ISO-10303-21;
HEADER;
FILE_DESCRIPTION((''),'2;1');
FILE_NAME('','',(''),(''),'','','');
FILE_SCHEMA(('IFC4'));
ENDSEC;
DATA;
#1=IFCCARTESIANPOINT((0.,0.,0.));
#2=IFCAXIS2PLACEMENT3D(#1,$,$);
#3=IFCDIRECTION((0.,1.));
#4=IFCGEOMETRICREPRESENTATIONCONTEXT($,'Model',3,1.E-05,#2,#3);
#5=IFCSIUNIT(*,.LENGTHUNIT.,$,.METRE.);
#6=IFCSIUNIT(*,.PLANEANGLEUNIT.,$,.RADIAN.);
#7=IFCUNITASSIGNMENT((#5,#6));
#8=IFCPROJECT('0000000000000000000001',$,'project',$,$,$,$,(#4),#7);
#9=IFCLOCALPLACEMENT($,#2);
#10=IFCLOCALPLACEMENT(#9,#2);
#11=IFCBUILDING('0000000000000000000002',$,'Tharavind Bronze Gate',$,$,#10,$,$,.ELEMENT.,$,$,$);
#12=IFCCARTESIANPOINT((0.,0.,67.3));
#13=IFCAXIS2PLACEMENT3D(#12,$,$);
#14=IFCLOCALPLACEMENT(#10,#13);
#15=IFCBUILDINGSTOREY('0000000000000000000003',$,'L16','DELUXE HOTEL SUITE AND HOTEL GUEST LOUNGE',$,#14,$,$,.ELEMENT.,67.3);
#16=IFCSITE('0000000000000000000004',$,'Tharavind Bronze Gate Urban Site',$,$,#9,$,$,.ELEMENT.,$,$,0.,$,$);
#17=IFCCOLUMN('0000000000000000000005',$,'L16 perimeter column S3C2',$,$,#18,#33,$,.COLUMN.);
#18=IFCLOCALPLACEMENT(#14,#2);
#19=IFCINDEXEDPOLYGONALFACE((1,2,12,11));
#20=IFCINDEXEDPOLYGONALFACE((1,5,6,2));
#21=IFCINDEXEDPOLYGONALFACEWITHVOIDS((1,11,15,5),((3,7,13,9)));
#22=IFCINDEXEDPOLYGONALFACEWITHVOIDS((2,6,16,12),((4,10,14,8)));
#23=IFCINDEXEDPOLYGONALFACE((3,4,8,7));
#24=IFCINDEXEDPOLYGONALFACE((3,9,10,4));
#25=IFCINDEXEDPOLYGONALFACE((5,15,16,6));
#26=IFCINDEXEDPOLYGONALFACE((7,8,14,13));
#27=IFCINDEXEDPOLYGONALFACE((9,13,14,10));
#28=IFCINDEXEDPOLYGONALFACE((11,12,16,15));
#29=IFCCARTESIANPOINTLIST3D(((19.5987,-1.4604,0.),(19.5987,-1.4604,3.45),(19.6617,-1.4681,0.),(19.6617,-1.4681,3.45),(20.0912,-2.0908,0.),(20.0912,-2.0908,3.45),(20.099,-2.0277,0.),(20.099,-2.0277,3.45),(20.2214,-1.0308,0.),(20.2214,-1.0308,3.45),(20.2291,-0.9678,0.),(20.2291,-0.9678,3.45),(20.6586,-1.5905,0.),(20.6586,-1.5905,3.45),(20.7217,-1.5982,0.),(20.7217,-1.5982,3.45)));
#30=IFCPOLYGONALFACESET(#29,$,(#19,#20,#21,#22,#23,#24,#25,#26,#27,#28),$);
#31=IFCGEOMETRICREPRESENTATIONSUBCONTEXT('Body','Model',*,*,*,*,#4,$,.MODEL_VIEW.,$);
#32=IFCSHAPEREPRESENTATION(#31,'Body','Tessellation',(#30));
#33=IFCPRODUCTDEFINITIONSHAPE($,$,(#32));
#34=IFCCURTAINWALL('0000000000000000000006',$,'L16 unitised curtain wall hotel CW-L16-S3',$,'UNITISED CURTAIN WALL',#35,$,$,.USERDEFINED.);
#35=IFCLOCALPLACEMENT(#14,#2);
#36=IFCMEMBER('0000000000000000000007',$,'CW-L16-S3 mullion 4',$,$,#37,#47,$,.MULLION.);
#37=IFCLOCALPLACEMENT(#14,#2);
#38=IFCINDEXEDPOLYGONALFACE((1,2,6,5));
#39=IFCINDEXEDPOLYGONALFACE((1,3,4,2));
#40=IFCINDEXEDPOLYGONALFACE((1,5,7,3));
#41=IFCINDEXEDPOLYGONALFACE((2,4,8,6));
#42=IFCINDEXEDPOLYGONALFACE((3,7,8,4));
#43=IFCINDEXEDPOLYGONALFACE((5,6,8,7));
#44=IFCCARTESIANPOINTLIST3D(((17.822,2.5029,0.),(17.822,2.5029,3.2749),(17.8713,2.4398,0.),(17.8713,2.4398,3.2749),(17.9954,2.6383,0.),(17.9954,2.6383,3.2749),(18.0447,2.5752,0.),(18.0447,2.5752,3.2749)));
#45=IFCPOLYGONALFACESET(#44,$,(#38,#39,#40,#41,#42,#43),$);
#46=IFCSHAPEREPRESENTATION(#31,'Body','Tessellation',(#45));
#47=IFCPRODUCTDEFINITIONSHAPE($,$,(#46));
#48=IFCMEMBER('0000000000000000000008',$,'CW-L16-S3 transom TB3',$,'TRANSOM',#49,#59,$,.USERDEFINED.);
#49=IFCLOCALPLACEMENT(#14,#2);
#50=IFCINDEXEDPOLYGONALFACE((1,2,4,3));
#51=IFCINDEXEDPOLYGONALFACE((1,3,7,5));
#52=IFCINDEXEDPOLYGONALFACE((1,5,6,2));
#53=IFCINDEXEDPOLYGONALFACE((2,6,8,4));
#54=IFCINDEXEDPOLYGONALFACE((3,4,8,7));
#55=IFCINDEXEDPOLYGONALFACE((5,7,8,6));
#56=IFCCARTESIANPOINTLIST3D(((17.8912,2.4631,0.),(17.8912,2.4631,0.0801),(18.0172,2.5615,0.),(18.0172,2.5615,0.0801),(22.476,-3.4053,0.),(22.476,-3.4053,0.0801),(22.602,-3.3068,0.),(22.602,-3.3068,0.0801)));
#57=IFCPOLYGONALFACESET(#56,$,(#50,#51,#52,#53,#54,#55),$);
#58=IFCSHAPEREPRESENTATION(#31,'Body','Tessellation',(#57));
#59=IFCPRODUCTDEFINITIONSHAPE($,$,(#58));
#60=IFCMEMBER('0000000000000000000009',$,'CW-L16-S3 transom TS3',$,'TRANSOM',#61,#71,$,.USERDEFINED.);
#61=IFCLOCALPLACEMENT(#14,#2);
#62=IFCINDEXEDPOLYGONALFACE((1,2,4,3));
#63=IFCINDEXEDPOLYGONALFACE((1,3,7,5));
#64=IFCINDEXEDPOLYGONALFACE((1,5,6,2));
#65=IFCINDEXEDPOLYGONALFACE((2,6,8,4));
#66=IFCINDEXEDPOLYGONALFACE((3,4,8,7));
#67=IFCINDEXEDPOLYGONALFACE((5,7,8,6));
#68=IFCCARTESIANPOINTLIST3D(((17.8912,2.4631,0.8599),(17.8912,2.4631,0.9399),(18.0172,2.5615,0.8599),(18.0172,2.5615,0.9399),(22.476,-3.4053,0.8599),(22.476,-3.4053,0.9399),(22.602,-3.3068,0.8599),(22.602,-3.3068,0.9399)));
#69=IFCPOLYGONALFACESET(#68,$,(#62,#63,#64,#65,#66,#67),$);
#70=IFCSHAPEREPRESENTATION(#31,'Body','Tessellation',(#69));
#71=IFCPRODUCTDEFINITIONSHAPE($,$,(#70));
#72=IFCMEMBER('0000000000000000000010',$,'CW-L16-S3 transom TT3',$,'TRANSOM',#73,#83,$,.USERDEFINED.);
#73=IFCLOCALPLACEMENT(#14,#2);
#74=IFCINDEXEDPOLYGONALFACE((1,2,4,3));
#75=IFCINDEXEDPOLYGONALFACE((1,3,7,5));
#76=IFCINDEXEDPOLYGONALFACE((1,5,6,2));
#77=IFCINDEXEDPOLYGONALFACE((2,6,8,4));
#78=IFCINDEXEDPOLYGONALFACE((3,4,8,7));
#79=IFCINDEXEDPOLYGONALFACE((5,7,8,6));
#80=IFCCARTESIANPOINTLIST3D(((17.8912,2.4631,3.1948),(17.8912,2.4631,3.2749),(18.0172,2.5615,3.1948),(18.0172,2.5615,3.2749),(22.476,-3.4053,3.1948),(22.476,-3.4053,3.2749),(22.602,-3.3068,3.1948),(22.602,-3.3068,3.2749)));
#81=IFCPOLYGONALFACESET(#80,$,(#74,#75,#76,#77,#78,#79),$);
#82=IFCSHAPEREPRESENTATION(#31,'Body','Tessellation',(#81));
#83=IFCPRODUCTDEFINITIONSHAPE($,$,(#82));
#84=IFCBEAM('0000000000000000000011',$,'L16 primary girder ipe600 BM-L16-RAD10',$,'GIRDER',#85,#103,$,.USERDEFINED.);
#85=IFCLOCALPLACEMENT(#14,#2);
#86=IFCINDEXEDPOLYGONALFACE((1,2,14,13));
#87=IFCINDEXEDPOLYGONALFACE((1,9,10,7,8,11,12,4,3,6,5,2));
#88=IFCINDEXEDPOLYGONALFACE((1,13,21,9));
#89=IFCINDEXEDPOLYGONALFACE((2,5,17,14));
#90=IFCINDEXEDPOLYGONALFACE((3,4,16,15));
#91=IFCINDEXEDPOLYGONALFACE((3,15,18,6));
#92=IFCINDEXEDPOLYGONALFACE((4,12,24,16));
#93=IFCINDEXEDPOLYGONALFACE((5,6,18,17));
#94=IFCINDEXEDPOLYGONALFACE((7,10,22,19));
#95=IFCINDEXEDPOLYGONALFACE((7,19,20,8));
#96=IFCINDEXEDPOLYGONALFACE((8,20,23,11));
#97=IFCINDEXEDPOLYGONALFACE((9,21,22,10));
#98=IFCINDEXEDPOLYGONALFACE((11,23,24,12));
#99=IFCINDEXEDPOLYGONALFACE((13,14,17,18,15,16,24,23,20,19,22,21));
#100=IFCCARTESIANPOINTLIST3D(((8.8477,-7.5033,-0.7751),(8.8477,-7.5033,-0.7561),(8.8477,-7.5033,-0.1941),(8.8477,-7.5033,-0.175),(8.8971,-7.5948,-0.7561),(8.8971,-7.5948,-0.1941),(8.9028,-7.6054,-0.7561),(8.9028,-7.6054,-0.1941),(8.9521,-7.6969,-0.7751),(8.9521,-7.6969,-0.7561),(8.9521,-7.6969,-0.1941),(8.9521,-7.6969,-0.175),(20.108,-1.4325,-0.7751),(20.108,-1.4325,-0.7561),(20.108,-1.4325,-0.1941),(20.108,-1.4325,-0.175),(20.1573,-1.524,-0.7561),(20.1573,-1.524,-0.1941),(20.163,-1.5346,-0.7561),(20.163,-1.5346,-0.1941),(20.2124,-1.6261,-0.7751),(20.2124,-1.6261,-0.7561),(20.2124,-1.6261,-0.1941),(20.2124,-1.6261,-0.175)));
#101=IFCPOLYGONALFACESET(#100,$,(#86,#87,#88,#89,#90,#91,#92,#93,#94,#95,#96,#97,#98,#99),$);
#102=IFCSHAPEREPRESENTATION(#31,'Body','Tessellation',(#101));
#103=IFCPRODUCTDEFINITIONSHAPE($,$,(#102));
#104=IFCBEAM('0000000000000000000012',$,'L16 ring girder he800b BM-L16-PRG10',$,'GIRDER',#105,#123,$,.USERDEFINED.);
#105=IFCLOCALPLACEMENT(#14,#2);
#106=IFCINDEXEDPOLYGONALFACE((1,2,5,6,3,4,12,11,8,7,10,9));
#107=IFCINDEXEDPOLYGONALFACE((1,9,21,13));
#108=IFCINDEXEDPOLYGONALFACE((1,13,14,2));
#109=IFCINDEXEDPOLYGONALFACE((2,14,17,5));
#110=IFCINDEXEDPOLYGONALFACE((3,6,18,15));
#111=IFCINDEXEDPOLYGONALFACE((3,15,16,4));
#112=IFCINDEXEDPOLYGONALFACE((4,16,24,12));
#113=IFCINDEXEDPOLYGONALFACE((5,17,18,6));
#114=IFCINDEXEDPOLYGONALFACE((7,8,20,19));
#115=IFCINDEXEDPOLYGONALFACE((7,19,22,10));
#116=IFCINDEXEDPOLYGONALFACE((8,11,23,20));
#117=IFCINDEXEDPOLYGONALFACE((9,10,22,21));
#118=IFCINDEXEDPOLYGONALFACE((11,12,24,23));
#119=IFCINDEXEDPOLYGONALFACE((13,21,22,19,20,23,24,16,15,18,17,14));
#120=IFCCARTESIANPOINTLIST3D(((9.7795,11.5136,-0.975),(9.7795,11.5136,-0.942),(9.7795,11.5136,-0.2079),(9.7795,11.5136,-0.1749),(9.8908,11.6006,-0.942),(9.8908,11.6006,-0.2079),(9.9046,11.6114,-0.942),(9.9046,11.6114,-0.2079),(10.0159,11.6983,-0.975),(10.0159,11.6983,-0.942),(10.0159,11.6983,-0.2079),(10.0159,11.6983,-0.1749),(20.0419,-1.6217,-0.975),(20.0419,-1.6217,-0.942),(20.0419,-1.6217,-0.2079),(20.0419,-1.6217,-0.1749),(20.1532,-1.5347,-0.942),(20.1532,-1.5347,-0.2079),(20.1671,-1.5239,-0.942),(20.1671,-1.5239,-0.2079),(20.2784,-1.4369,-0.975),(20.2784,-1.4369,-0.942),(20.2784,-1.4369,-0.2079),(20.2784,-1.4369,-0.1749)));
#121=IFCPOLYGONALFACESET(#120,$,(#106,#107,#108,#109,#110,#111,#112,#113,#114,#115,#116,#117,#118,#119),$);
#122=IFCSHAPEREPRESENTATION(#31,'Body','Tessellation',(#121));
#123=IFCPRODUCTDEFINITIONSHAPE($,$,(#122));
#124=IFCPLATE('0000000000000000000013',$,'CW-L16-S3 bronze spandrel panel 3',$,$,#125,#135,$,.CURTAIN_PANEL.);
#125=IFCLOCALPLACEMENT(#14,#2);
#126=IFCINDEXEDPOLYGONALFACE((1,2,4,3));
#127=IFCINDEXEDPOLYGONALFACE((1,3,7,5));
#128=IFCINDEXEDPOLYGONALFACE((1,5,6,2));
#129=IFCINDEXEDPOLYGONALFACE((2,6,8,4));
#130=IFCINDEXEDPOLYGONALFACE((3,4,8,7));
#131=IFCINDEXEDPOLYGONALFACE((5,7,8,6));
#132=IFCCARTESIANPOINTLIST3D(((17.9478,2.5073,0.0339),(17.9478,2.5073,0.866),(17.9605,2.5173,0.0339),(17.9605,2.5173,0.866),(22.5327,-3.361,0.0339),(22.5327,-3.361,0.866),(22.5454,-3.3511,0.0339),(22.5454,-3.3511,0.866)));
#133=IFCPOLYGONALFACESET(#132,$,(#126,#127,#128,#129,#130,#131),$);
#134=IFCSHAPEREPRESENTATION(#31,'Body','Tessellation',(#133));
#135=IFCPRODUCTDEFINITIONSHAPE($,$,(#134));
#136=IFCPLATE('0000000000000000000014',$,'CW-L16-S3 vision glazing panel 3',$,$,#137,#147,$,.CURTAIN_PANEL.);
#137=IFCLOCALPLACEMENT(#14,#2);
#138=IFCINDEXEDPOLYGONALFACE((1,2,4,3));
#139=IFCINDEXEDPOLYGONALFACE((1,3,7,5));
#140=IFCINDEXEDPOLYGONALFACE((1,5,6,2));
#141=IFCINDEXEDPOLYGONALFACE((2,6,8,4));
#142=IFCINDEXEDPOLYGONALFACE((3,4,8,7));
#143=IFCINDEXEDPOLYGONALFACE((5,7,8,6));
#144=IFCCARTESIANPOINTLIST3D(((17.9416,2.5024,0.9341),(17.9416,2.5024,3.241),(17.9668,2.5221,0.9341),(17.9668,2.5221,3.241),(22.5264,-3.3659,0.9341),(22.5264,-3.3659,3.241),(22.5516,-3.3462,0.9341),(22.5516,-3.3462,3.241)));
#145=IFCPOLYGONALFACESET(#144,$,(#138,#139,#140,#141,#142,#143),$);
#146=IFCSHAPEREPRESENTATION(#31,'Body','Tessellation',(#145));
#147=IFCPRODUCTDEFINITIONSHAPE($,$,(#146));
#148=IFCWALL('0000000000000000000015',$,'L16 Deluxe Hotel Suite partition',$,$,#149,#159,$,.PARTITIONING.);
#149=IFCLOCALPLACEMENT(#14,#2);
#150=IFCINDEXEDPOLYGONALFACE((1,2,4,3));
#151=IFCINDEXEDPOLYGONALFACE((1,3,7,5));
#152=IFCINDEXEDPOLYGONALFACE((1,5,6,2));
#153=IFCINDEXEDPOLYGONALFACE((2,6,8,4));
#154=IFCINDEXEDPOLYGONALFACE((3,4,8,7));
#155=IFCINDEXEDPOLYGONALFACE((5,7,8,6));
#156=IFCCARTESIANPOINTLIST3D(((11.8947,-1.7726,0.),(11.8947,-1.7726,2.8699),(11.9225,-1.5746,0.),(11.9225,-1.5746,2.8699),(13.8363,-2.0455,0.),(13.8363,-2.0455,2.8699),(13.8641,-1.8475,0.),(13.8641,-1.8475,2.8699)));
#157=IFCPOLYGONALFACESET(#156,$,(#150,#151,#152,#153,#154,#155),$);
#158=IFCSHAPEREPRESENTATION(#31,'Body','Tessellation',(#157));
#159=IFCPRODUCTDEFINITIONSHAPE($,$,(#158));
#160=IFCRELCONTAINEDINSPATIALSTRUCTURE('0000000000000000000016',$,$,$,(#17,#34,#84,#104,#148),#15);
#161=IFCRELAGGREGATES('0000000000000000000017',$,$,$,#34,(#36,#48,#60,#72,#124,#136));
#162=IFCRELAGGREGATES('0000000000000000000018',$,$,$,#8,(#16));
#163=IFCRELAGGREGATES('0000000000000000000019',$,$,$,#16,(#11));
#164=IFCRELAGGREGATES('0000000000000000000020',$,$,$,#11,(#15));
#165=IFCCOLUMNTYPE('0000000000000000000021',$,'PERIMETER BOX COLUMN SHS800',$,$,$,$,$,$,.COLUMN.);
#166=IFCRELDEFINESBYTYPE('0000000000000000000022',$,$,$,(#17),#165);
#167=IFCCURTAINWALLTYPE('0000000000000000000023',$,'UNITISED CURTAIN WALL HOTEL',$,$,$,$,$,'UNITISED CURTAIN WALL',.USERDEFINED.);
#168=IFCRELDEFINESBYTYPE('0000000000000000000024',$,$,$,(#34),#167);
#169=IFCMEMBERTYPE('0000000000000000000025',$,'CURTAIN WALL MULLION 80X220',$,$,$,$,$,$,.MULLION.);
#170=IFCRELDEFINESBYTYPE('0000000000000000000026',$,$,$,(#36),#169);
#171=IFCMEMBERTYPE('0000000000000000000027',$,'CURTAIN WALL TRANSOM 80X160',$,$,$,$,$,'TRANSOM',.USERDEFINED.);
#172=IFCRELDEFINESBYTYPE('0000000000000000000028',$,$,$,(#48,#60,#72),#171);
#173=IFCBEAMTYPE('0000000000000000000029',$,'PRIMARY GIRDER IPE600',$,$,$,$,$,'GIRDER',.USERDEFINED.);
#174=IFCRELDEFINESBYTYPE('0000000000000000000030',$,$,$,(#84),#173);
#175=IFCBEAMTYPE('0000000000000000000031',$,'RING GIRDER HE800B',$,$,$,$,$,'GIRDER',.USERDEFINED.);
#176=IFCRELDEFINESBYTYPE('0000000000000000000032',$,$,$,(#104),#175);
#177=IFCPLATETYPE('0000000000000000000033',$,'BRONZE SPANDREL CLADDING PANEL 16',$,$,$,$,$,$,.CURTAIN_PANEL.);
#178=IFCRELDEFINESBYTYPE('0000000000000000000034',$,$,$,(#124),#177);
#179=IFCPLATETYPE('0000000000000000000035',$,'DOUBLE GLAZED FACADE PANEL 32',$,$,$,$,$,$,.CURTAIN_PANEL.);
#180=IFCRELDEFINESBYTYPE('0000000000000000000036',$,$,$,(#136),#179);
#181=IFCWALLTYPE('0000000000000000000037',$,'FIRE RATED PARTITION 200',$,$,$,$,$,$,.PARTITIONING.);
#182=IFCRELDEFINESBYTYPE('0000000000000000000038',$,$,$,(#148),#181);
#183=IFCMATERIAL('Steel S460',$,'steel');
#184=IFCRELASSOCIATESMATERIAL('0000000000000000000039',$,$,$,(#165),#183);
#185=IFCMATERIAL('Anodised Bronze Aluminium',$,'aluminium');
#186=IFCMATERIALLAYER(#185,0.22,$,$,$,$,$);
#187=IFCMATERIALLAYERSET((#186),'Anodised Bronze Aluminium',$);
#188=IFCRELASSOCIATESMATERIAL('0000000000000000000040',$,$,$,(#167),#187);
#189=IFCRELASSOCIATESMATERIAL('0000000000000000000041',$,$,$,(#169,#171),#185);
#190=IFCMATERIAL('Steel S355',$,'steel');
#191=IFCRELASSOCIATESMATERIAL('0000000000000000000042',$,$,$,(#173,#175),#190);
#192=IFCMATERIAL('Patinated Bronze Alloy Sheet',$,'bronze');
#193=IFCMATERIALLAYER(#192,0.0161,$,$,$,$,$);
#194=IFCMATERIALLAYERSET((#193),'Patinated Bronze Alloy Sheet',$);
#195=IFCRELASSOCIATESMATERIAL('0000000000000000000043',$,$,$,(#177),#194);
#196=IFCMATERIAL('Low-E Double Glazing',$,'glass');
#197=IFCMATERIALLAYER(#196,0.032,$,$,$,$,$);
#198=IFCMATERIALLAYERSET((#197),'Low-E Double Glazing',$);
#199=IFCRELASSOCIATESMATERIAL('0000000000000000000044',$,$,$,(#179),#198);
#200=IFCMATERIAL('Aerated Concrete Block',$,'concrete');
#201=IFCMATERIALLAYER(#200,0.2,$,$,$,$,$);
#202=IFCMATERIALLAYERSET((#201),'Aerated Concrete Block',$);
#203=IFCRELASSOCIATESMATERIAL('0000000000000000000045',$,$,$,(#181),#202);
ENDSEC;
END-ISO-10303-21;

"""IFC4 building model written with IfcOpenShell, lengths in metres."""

from ifc_helpers import new_model, si_unit, direction, frame, frame_2d, origin, origin_2d, place, context, subcontext, project, spatial, rectangle, hollow_rectangle, i_section, extrude, material, layer, layer_set, material_profile, profile_set, type_object, element, aggregate, save


model = new_model("IFC4")

# Units and contexts
model_context = context("Model", 3, precision=1e-05, world=origin(), true_north=direction((0.0, 1.0)))
body_context = subcontext(model_context, "Body", "Model", "MODEL_VIEW")
ifc_project = project(units=[si_unit("LENGTHUNIT", "METRE"), si_unit("PLANEANGLEUNIT", "RADIAN")], contexts=[model_context])

# Site, building, storey
site_placement = place(None, origin())
site = spatial("IfcSite", under=ifc_project, at=site_placement, Name="Tharavind Bronze Gate Urban Site", CompositionType="ELEMENT", RefElevation=0.0)
building_placement = place(site_placement, origin())
building = spatial("IfcBuilding", under=site, at=building_placement, Name="Tharavind Bronze Gate", CompositionType="ELEMENT")
storey_placement = place(building_placement, frame((0.0, 0.0, 67.3)))
storey = spatial("IfcBuildingStorey", under=building, at=storey_placement, Name="L16", Description="DELUXE HOTEL SUITE AND HOTEL GUEST LOUNGE", CompositionType="ELEMENT", Elevation=67.3)

# Column
ifc_material_1 = material(Name="Steel S460", Category="steel")
ifc_material_profile_1 = material_profile(ifc_material_1, hollow_rectangle(XDim=0.8, YDim=0.8, WallThickness=0.0449, at=origin_2d()), Name="SHS800X45")
ifc_profile_set_1 = profile_set([ifc_material_profile_1], Name="Steel S460")
column_type = type_object("IfcColumnType", Name="PERIMETER BOX COLUMN SHS800", PredefinedType="COLUMN", material=ifc_profile_set_1)
column_placement = place(storey_placement, frame((20.1602, -1.5293, 0.0), z_axis=(0.0, 0.0, 1.0), x_axis=(-0.615661, 0.788011, 0.0)))
element("IfcColumn", 1, at=column_placement, inside=storey, type_object=column_type, Name="L16 perimeter column S3C2", PredefinedType="COLUMN", context=body_context, shape_type="SweptSolid", body=[
    extrude(hollow_rectangle(XDim=0.8, YDim=0.8, WallThickness=0.0449, at=origin_2d()), origin(), (0.0, 0.0, 1.0), 3.45),
])

# Curtain wall, members
ifc_material_2 = material(Name="Anodised Bronze Aluminium", Category="aluminium")
ifc_layer_1 = layer(ifc_material_2, 0.22)
ifc_layer_set_1 = layer_set([ifc_layer_1], Name="Anodised Bronze Aluminium")
curtain_wall_type = type_object("IfcCurtainWallType", Name="UNITISED CURTAIN WALL HOTEL", ElementType="UNITISED CURTAIN WALL", PredefinedType="USERDEFINED", material=ifc_layer_set_1)
curtain_wall_placement = place(storey_placement, origin())
curtain_wall = element("IfcCurtainWall", 2, at=curtain_wall_placement, inside=storey, type_object=curtain_wall_type, Name="L16 unitised curtain wall hotel CW-L16-S3", ObjectType="UNITISED CURTAIN WALL", PredefinedType="USERDEFINED")
member_type_1 = type_object("IfcMemberType", Name="CURTAIN WALL MULLION 80X220", PredefinedType="MULLION", material=ifc_material_2)
member_1_placement = place(storey_placement, frame((17.9333, 2.5391, 0.0), z_axis=(0.0, 0.0, 1.0), x_axis=(-0.615661, 0.788011, 0.0)))
member_1 = element("IfcMember", 3, at=member_1_placement, type_object=member_type_1, Name="CW-L16-S3 mullion 4", PredefinedType="MULLION", context=body_context, shape_type="SweptSolid", body=[
    extrude(rectangle(XDim=0.0801, YDim=0.22, at=origin_2d()), origin(), (0.0, 0.0, 1.0), 3.2749),
])
member_type_2 = type_object("IfcMemberType", Name="CURTAIN WALL TRANSOM 80X160", ElementType="TRANSOM", PredefinedType="USERDEFINED", material=ifc_material_2)
member_2_placement = place(storey_placement, frame((20.2466, -0.4219, 0.0), z_axis=(0.0, 0.0, 1.0), x_axis=(-0.615661, 0.788011, 0.0)))
member_2 = element("IfcMember", 4, at=member_2_placement, type_object=member_type_2, Name="CW-L16-S3 transom TB3", ObjectType="TRANSOM", PredefinedType="USERDEFINED", context=body_context, shape_type="SweptSolid", body=[
    extrude(rectangle(XDim=7.447, YDim=0.1599, at=origin_2d()), origin(), (0.0, 0.0, 1.0), 0.0801),
])
member_3_placement = place(storey_placement, frame((20.2466, -0.4219, 0.8599), z_axis=(0.0, 0.0, 1.0), x_axis=(-0.615661, 0.788011, 0.0)))
member_3 = element("IfcMember", 5, at=member_3_placement, type_object=member_type_2, Name="CW-L16-S3 transom TS3", ObjectType="TRANSOM", PredefinedType="USERDEFINED", context=body_context, shape_type="SweptSolid", body=[
    extrude(rectangle(XDim=7.447, YDim=0.1599, at=origin_2d()), origin(), (0.0, 0.0, 1.0), 0.0801),
])
member_4_placement = place(storey_placement, frame((20.2466, -0.4219, 3.1948), z_axis=(0.0, 0.0, 1.0), x_axis=(-0.615661, 0.788011, 0.0)))
member_4 = element("IfcMember", 6, at=member_4_placement, type_object=member_type_2, Name="CW-L16-S3 transom TT3", ObjectType="TRANSOM", PredefinedType="USERDEFINED", context=body_context, shape_type="SweptSolid", body=[
    extrude(rectangle(XDim=7.447, YDim=0.1599, at=origin_2d()), origin(), (0.0, 0.0, 1.0), 0.0801),
])

# Beams
ifc_material_3 = material(Name="Steel S355", Category="steel")
ifc_material_profile_2 = material_profile(ifc_material_3, i_section(OverallWidth=0.22, OverallDepth=0.6001, WebThickness=0.012, FlangeThickness=0.019, at=origin_2d()), Name="IPE600")
ifc_profile_set_2 = profile_set([ifc_material_profile_2], Name="Steel S355")
beam_type_1 = type_object("IfcBeamType", Name="PRIMARY GIRDER IPE600", ElementType="GIRDER", PredefinedType="USERDEFINED", material=ifc_profile_set_2)
beam_1_placement = place(storey_placement, frame((20.1602, -1.5293, -0.4751), z_axis=(-0.880223, -0.47456, 0.0), x_axis=(0.47456, -0.880223, 0.0)))
element("IfcBeam", 7, at=beam_1_placement, inside=storey, type_object=beam_type_1, Name="L16 primary girder ipe600 BM-L16-RAD10", ObjectType="GIRDER", PredefinedType="USERDEFINED", context=body_context, shape_type="SweptSolid", body=[
    extrude(i_section(OverallWidth=0.22, OverallDepth=0.6001, WebThickness=0.012, FlangeThickness=0.019, at=origin_2d()), origin(), (0.0, 0.0, 1.0), 12.7925),
])
ifc_material_profile_3 = material_profile(ifc_material_3, i_section(OverallWidth=0.3, OverallDepth=0.8, WebThickness=0.0176, FlangeThickness=0.033, at=origin_2d()), Name="HE800B")
ifc_profile_set_3 = profile_set([ifc_material_profile_3], Name="Steel S355")
beam_type_2 = type_object("IfcBeamType", Name="RING GIRDER HE800B", ElementType="GIRDER", PredefinedType="USERDEFINED", material=ifc_profile_set_3)
beam_2_placement = place(storey_placement, frame((20.1602, -1.5293, -0.575), z_axis=(-0.615664, 0.788009, 0.0), x_axis=(-0.788009, -0.615664, 0.0)))
element("IfcBeam", 8, at=beam_2_placement, inside=storey, type_object=beam_type_2, Name="L16 ring girder he800b BM-L16-PRG10", ObjectType="GIRDER", PredefinedType="USERDEFINED", context=body_context, shape_type="SweptSolid", body=[
    extrude(i_section(OverallWidth=0.3, OverallDepth=0.8, WebThickness=0.0176, FlangeThickness=0.033, at=origin_2d()), origin(), (0.0, 0.0, 1.0), 16.6689),
])

# Plates
ifc_material_4 = material(Name="Patinated Bronze Alloy Sheet", Category="bronze")
ifc_layer_2 = layer(ifc_material_4, 0.0161)
ifc_layer_set_2 = layer_set([ifc_layer_2], Name="Patinated Bronze Alloy Sheet")
plate_type_1 = type_object("IfcPlateType", Name="BRONZE SPANDREL CLADDING PANEL 16", PredefinedType="CURTAIN_PANEL", material=ifc_layer_set_2)
plate_1_placement = place(storey_placement, frame((20.2466, -0.4219, 0.0339), z_axis=(0.0, 0.0, 1.0), x_axis=(-0.615661, 0.788011, 0.0)))
plate_1 = element("IfcPlate", 9, at=plate_1_placement, type_object=plate_type_1, Name="CW-L16-S3 bronze spandrel panel 3", PredefinedType="CURTAIN_PANEL", context=body_context, shape_type="SweptSolid", body=[
    extrude(rectangle(XDim=7.447, YDim=0.0161, at=origin_2d()), origin(), (0.0, 0.0, 1.0), 0.832),
])
ifc_material_5 = material(Name="Low-E Double Glazing", Category="glass")
ifc_layer_3 = layer(ifc_material_5, 0.032)
ifc_layer_set_3 = layer_set([ifc_layer_3], Name="Low-E Double Glazing")
plate_type_2 = type_object("IfcPlateType", Name="DOUBLE GLAZED FACADE PANEL 32", PredefinedType="CURTAIN_PANEL", material=ifc_layer_set_3)
plate_2_placement = place(storey_placement, frame((20.2466, -0.4219, 0.9341), z_axis=(0.0, 0.0, 1.0), x_axis=(-0.615661, 0.788011, 0.0)))
plate_2 = element("IfcPlate", 10, at=plate_2_placement, type_object=plate_type_2, Name="CW-L16-S3 vision glazing panel 3", PredefinedType="CURTAIN_PANEL", context=body_context, shape_type="SweptSolid", body=[
    extrude(rectangle(XDim=7.447, YDim=0.032, at=origin_2d()), origin(), (0.0, 0.0, 1.0), 2.3069),
])
aggregate(curtain_wall, [member_1, member_2, member_3, member_4, plate_1, plate_2])

# Shared definitions
ifc_material_6 = material(Name="Aerated Concrete Block", Category="concrete")
ifc_layer_4 = layer(ifc_material_6, 0.2)
ifc_layer_set_4 = layer_set([ifc_layer_4], Name="Aerated Concrete Block")
wall_type_1 = type_object("IfcWallType", Name="FIRE RATED PARTITION 200", PredefinedType="PARTITIONING", material=ifc_layer_set_4)

# Wall
wall_1_placement = place(storey_placement, frame((11.9084, -1.6736, 0.0), z_axis=(0.0, 0.0, 1.0), x_axis=(0.990263, -0.139207, 0.0)))
element("IfcWall", 11, at=wall_1_placement, inside=storey, type_object=wall_type_1, Name="L16 Deluxe Hotel Suite partition", PredefinedType="PARTITIONING", context=body_context, shape_type="SweptSolid", body=[
    extrude(rectangle(XDim=1.9607, YDim=0.2, at=frame_2d((0.9805, 0.0))), origin(), (0.0, 0.0, 1.0), 2.8699),
])

save(model, "model.ifc")
